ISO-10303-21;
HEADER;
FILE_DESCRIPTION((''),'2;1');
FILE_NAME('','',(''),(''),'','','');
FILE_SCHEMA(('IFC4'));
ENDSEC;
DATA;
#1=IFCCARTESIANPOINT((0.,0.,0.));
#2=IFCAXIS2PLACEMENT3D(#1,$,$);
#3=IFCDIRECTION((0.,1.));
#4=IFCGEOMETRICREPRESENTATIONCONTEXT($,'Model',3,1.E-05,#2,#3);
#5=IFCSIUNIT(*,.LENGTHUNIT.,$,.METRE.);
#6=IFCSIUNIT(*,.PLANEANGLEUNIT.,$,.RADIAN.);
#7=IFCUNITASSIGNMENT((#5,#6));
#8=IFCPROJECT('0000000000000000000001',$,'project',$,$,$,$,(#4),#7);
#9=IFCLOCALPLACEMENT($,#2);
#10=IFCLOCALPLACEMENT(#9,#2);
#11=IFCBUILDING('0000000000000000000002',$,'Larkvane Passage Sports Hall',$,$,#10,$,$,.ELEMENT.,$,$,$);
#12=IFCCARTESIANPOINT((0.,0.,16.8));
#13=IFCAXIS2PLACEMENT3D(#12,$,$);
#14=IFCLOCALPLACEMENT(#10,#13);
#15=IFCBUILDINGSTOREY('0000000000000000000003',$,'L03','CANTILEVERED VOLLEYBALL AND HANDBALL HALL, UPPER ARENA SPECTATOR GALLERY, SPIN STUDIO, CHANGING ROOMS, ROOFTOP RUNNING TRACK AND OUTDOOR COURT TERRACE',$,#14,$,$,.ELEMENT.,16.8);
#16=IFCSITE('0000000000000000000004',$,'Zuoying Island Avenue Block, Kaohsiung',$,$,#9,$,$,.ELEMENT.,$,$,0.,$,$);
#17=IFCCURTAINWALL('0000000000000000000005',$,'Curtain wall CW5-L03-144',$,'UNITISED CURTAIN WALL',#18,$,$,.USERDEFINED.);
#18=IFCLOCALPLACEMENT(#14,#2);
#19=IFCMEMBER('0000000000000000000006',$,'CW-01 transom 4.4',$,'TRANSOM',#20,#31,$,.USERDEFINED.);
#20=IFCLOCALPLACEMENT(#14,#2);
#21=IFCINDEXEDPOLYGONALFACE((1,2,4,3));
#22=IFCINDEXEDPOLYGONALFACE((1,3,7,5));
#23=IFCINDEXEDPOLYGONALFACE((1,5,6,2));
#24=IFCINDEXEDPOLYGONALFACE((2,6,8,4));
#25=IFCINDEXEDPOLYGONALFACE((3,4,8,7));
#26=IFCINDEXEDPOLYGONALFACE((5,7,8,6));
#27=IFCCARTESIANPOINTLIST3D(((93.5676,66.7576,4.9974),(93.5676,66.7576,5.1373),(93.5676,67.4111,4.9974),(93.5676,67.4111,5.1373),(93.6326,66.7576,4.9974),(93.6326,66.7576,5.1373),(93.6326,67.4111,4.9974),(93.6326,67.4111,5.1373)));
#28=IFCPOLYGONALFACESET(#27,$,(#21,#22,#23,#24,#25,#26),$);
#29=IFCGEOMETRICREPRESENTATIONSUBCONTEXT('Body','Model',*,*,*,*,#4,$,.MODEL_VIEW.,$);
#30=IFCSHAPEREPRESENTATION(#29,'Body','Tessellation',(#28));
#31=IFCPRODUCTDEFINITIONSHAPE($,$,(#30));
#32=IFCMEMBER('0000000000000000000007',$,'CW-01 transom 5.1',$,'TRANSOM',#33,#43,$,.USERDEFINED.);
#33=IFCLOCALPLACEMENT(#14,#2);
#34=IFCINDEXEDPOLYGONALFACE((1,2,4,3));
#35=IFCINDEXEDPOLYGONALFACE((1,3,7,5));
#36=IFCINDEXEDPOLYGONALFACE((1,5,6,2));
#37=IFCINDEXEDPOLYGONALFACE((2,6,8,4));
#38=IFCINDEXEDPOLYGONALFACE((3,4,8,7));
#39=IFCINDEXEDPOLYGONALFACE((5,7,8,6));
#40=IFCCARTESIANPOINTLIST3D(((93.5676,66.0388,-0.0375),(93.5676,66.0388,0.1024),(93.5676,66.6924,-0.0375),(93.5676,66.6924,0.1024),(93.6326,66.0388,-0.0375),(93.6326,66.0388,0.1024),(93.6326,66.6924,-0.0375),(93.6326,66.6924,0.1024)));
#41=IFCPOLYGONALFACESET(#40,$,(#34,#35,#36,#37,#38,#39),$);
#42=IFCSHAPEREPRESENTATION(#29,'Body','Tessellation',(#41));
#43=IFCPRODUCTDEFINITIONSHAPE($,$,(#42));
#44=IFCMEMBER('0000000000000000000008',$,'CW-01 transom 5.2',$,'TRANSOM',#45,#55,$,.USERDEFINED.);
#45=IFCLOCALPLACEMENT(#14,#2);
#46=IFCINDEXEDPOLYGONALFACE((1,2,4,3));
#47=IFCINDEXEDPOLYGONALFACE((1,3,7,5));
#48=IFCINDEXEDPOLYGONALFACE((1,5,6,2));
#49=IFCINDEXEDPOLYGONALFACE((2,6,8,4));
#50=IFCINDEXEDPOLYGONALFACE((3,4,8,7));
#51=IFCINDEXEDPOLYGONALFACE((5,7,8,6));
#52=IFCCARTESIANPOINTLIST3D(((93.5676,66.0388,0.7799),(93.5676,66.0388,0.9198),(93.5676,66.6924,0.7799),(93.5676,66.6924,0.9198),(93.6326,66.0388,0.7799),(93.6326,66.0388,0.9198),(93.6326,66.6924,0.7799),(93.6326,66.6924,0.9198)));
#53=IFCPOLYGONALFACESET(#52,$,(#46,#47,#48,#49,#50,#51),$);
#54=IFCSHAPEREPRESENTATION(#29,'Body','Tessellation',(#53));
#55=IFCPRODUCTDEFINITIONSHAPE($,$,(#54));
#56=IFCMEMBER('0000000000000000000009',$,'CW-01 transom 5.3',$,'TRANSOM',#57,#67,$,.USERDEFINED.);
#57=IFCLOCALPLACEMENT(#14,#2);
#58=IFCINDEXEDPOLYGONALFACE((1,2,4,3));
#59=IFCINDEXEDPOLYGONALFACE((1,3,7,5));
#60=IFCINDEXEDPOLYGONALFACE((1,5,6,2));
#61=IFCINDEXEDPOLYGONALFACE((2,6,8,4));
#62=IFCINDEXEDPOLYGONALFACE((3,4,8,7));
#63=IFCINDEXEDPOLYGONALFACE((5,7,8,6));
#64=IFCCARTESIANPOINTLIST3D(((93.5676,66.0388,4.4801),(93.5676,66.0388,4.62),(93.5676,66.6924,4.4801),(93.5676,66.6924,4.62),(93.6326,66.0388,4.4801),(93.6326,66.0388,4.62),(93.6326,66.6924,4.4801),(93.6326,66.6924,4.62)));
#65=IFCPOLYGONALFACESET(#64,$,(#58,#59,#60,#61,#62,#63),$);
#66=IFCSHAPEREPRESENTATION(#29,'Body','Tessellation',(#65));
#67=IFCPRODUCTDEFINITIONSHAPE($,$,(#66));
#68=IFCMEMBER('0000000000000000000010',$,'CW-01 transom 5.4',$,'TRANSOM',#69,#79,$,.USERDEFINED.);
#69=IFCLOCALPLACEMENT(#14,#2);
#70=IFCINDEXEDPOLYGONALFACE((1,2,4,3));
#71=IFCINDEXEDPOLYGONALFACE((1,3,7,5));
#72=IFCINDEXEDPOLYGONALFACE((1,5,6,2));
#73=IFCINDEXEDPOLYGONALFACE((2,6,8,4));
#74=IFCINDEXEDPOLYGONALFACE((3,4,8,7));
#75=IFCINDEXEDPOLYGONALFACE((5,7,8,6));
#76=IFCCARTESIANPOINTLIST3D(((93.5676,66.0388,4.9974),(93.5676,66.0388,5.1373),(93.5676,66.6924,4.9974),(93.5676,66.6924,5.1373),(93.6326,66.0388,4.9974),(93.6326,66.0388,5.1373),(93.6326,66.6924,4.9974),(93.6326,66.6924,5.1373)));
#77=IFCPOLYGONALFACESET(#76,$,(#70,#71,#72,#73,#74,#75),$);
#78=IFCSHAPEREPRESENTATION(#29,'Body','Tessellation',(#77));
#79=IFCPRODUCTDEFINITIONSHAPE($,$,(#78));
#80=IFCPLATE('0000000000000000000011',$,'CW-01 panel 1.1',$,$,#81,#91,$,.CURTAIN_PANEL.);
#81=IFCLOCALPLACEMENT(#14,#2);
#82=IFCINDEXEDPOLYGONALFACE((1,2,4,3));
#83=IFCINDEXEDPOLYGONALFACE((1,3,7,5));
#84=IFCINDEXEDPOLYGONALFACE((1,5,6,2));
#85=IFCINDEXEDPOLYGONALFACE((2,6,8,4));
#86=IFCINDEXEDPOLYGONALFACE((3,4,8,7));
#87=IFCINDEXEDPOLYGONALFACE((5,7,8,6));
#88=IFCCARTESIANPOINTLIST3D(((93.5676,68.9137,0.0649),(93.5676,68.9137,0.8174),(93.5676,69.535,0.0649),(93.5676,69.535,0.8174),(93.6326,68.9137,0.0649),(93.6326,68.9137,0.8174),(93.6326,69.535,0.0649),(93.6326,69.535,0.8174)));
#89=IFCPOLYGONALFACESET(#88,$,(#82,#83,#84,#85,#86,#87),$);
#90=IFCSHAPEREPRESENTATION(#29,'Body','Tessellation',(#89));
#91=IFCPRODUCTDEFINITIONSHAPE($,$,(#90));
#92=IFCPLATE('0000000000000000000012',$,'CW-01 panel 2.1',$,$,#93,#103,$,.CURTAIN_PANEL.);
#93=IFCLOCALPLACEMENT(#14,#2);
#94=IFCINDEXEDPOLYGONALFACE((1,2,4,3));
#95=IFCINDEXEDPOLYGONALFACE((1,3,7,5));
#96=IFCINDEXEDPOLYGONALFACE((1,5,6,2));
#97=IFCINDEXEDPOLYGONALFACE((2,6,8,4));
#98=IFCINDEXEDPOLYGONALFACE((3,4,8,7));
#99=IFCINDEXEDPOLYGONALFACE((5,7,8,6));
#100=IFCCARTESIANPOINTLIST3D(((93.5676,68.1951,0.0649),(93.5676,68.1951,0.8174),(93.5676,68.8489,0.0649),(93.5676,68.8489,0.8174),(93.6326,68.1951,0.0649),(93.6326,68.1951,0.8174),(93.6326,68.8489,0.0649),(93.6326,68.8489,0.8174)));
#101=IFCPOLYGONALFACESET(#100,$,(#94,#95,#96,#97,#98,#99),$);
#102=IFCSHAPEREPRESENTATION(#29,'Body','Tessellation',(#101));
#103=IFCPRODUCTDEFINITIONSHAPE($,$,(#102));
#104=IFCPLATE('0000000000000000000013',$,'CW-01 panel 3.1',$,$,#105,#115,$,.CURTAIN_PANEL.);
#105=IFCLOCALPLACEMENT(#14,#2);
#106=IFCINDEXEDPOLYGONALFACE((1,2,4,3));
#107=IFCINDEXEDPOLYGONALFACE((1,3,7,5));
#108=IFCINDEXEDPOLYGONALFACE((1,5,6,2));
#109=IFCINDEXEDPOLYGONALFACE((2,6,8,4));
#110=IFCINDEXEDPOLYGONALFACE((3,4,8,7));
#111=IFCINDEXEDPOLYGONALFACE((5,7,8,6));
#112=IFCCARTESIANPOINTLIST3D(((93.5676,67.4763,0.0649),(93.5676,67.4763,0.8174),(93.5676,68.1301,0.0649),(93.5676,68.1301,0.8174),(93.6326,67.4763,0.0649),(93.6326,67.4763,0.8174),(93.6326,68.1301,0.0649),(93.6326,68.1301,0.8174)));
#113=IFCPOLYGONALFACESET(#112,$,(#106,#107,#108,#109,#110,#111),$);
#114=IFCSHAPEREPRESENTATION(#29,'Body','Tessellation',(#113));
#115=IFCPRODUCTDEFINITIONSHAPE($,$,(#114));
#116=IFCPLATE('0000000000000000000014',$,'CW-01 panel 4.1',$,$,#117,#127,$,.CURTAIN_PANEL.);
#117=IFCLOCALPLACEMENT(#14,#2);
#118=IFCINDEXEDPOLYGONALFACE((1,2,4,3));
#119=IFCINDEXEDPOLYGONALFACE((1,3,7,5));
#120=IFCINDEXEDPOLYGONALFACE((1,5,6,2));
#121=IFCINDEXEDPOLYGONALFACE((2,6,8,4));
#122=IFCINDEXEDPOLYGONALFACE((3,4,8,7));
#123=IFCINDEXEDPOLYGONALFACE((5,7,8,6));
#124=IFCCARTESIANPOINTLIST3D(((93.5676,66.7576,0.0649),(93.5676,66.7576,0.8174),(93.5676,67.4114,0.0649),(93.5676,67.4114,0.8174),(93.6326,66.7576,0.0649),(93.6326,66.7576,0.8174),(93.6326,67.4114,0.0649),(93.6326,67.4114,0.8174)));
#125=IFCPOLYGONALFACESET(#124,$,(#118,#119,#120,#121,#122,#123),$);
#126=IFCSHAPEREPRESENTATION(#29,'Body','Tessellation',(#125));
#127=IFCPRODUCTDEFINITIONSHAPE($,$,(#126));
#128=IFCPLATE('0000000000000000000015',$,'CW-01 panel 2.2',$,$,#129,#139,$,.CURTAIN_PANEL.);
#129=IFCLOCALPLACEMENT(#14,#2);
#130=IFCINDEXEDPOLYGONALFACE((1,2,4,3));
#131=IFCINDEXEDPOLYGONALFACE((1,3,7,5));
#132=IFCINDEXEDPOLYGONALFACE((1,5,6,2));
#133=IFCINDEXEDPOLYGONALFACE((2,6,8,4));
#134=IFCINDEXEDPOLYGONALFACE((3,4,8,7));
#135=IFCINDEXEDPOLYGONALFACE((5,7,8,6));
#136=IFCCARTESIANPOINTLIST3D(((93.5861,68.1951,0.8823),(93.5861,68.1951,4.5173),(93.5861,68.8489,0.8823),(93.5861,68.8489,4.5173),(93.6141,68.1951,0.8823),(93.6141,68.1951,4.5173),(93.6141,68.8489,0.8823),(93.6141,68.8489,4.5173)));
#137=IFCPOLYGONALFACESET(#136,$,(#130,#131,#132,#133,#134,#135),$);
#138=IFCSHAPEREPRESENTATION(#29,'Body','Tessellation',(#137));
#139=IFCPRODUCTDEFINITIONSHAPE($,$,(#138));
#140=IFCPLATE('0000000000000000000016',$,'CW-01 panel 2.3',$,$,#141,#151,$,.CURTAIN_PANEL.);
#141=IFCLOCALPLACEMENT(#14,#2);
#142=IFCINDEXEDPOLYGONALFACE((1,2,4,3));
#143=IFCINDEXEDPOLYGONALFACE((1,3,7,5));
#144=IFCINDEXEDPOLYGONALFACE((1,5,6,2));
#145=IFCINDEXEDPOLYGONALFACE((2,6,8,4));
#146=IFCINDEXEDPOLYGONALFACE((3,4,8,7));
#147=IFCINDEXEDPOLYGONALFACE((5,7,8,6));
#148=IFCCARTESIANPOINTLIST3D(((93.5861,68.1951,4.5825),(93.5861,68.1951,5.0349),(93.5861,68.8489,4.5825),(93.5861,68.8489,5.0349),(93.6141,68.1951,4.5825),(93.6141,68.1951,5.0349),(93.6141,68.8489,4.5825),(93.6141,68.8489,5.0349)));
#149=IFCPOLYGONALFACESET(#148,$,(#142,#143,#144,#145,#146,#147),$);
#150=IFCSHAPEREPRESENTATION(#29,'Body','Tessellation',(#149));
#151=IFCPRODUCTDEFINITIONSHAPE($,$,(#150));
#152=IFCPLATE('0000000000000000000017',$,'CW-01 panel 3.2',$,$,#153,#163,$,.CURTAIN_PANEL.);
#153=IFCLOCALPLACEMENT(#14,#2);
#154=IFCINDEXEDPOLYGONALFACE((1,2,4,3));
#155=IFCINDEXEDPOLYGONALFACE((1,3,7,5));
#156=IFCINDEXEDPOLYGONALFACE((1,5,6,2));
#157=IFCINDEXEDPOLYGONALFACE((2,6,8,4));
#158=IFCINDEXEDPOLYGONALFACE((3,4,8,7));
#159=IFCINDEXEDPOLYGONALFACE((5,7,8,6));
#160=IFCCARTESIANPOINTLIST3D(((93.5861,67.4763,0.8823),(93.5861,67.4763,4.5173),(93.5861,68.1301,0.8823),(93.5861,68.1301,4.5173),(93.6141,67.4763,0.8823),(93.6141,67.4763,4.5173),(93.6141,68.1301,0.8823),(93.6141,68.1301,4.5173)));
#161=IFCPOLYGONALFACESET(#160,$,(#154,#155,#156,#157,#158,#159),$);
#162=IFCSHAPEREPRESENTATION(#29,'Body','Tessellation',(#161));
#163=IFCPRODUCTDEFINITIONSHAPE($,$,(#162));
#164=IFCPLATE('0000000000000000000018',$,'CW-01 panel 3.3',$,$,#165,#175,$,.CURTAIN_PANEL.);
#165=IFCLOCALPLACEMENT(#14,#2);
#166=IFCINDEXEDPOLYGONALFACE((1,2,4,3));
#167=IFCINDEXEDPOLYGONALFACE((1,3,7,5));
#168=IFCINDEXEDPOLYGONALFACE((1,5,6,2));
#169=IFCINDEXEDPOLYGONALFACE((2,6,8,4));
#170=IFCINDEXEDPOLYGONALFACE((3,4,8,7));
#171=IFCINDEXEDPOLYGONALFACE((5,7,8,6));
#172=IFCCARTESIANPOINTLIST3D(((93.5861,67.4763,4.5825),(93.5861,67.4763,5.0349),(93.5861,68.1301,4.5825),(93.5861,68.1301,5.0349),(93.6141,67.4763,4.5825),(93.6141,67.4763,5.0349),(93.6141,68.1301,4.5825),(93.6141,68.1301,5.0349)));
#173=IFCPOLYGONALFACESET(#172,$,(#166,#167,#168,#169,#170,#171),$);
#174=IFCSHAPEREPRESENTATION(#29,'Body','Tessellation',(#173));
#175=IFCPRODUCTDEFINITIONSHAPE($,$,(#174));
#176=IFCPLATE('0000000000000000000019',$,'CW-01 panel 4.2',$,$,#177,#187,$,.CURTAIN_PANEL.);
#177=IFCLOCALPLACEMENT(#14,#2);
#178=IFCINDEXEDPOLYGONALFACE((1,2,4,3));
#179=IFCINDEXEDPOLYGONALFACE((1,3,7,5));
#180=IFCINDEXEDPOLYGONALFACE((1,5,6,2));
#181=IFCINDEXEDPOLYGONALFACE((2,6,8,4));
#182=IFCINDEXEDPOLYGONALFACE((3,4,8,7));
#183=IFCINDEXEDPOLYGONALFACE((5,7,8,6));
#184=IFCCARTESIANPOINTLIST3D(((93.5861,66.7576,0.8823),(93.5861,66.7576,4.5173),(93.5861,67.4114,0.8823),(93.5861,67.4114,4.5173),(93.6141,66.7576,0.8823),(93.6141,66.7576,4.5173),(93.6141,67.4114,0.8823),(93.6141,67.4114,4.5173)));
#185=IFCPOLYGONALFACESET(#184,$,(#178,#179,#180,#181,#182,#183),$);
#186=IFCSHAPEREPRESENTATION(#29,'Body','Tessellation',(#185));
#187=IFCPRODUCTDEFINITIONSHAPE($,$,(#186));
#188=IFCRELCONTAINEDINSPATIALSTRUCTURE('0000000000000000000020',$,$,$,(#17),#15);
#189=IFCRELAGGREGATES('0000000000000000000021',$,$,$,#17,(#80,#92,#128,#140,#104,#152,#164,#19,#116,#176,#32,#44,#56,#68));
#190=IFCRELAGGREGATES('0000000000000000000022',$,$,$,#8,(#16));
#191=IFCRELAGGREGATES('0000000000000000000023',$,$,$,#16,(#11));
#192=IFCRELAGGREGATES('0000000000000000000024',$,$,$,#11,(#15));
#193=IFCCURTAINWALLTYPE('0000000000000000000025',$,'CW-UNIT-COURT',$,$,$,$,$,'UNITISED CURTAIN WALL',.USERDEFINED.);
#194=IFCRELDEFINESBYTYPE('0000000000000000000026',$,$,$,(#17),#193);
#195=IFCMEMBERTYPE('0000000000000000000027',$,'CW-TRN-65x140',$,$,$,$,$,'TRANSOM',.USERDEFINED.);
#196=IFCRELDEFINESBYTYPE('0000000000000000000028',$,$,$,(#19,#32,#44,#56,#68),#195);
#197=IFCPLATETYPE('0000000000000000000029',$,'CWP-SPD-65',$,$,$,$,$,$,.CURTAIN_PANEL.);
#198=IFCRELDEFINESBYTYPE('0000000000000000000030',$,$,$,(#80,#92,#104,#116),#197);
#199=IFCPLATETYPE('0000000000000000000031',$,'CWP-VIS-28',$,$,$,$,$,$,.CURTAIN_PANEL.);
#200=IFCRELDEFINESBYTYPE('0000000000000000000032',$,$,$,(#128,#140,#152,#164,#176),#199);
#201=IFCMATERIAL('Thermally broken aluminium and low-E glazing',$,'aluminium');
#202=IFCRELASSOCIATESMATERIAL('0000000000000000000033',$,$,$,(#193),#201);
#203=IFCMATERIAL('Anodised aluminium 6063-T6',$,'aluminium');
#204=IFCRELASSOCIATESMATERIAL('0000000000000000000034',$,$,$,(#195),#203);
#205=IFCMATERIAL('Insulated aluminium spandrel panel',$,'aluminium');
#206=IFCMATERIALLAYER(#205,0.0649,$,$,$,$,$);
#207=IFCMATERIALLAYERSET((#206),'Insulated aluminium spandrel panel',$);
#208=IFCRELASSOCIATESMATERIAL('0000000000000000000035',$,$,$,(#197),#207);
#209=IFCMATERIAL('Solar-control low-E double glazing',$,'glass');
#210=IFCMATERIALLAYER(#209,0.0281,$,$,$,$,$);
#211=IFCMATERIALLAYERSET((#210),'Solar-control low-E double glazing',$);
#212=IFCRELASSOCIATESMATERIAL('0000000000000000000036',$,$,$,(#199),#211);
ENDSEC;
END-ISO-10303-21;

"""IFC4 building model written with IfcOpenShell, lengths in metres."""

from ifc_helpers import new_model, si_unit, direction, frame, origin, origin_2d, place, context, subcontext, project, spatial, rectangle, extrude, material, layer, layer_set, material_profile, profile_set, type_object, element, aggregate, save


model = new_model("IFC4")

# Units and contexts
model_context = context("Model", 3, precision=1e-05, world=origin(), true_north=direction((0.0, 1.0)))
body_context = subcontext(model_context, "Body", "Model", "MODEL_VIEW")
ifc_project = project(units=[si_unit("LENGTHUNIT", "METRE"), si_unit("PLANEANGLEUNIT", "RADIAN")], contexts=[model_context])

# Site, building, storey
site_placement = place(None, origin())
site = spatial("IfcSite", under=ifc_project, at=site_placement, Name="Zuoying Island Avenue Block, Kaohsiung", CompositionType="ELEMENT", RefElevation=0.0)
building_placement = place(site_placement, origin())
building = spatial("IfcBuilding", under=site, at=building_placement, Name="Larkvane Passage Sports Hall", CompositionType="ELEMENT")
storey_placement = place(building_placement, frame((0.0, 0.0, 16.8)))
storey = spatial("IfcBuildingStorey", under=building, at=storey_placement, Name="L03", Description="CANTILEVERED VOLLEYBALL AND HANDBALL HALL, UPPER ARENA SPECTATOR GALLERY, SPIN STUDIO, CHANGING ROOMS, ROOFTOP RUNNING TRACK AND OUTDOOR COURT TERRACE", CompositionType="ELEMENT", Elevation=16.8)

# Curtain wall, members, plates
ifc_material_1 = material(Name="Thermally broken aluminium and low-E glazing", Category="aluminium")
curtain_wall_type = type_object("IfcCurtainWallType", Name="CW-UNIT-COURT", ElementType="UNITISED CURTAIN WALL", PredefinedType="USERDEFINED", material=ifc_material_1)
curtain_wall_placement = place(storey_placement, origin())
curtain_wall = element("IfcCurtainWall", 1, at=curtain_wall_placement, inside=storey, type_object=curtain_wall_type, Name="Curtain wall CW5-L03-144", ObjectType="UNITISED CURTAIN WALL", PredefinedType="USERDEFINED")
ifc_material_2 = material(Name="Anodised aluminium 6063-T6", Category="aluminium")
ifc_material_profile_1 = material_profile(ifc_material_2, rectangle(XDim=0.0649, YDim=0.1399, at=origin_2d()), Name="ALU-TRN-65x140")
ifc_profile_set_1 = profile_set([ifc_material_profile_1], Name="Anodised aluminium 6063-T6")
member_type_1 = type_object("IfcMemberType", Name="CW-TRN-65x140", ElementType="TRANSOM", PredefinedType="USERDEFINED", material=ifc_profile_set_1)
member_1_placement = place(storey_placement, frame((93.6001, 67.4111, 5.0674), z_axis=(0.0, -1.0, 0.0), x_axis=(1.0, 0.0, 0.0)))
member_1 = element("IfcMember", 2, at=member_1_placement, type_object=member_type_1, Name="CW-01 transom 4.4", ObjectType="TRANSOM", PredefinedType="USERDEFINED", context=body_context, shape_type="SweptSolid", body=[
    extrude(rectangle(XDim=0.0649, YDim=0.1399, at=origin_2d()), origin(), (0.0, 0.0, 1.0), 0.6536),
])
member_2_placement = place(storey_placement, frame((93.6001, 66.6924, 0.0325), z_axis=(0.0, -1.0, 0.0), x_axis=(1.0, 0.0, 0.0)))
member_2 = element("IfcMember", 3, at=member_2_placement, type_object=member_type_1, Name="CW-01 transom 5.1", ObjectType="TRANSOM", PredefinedType="USERDEFINED", context=body_context, shape_type="SweptSolid", body=[
    extrude(rectangle(XDim=0.0649, YDim=0.1399, at=origin_2d()), origin(), (0.0, 0.0, 1.0), 0.6536),
])
member_3_placement = place(storey_placement, frame((93.6001, 66.6924, 0.8499), z_axis=(0.0, -1.0, 0.0), x_axis=(1.0, 0.0, 0.0)))
member_3 = element("IfcMember", 4, at=member_3_placement, type_object=member_type_1, Name="CW-01 transom 5.2", ObjectType="TRANSOM", PredefinedType="USERDEFINED", context=body_context, shape_type="SweptSolid", body=[
    extrude(rectangle(XDim=0.0649, YDim=0.1399, at=origin_2d()), origin(), (0.0, 0.0, 1.0), 0.6536),
])
member_4_placement = place(storey_placement, frame((93.6001, 66.6924, 4.55), z_axis=(0.0, -1.0, 0.0), x_axis=(1.0, 0.0, 0.0)))
member_4 = element("IfcMember", 5, at=member_4_placement, type_object=member_type_1, Name="CW-01 transom 5.3", ObjectType="TRANSOM", PredefinedType="USERDEFINED", context=body_context, shape_type="SweptSolid", body=[
    extrude(rectangle(XDim=0.0649, YDim=0.1399, at=origin_2d()), origin(), (0.0, 0.0, 1.0), 0.6536),
])
member_5_placement = place(storey_placement, frame((93.6001, 66.6924, 5.0674), z_axis=(0.0, -1.0, 0.0), x_axis=(1.0, 0.0, 0.0)))
member_5 = element("IfcMember", 6, at=member_5_placement, type_object=member_type_1, Name="CW-01 transom 5.4", ObjectType="TRANSOM", PredefinedType="USERDEFINED", context=body_context, shape_type="SweptSolid", body=[
    extrude(rectangle(XDim=0.0649, YDim=0.1399, at=origin_2d()), origin(), (0.0, 0.0, 1.0), 0.6536),
])
ifc_material_3 = material(Name="Insulated aluminium spandrel panel", Category="aluminium")
ifc_layer_1 = layer(ifc_material_3, 0.0649)
ifc_layer_set_1 = layer_set([ifc_layer_1], Name="Insulated aluminium spandrel panel")
plate_type_1 = type_object("IfcPlateType", Name="CWP-SPD-65", PredefinedType="CURTAIN_PANEL", material=ifc_layer_set_1)
plate_1_placement = place(storey_placement, frame((93.6001, 69.2244, 0.0649), z_axis=(0.0, 0.0, 1.0), x_axis=(0.0, -1.0, 0.0)))
plate_1 = element("IfcPlate", 7, at=plate_1_placement, type_object=plate_type_1, Name="CW-01 panel 1.1", PredefinedType="CURTAIN_PANEL", context=body_context, shape_type="SweptSolid", body=[
    extrude(rectangle(XDim=0.6213, YDim=0.0649, at=origin_2d()), origin(), (0.0, 0.0, 1.0), 0.7524),
])
plate_2_placement = place(storey_placement, frame((93.6001, 68.522, 0.0649), z_axis=(0.0, 0.0, 1.0), x_axis=(0.0, -1.0, 0.0)))
plate_2 = element("IfcPlate", 8, at=plate_2_placement, type_object=plate_type_1, Name="CW-01 panel 2.1", PredefinedType="CURTAIN_PANEL", context=body_context, shape_type="SweptSolid", body=[
    extrude(rectangle(XDim=0.6538, YDim=0.0649, at=origin_2d()), origin(), (0.0, 0.0, 1.0), 0.7524),
])
plate_3_placement = place(storey_placement, frame((93.6001, 67.8032, 0.0649), z_axis=(0.0, 0.0, 1.0), x_axis=(0.0, -1.0, 0.0)))
plate_3 = element("IfcPlate", 9, at=plate_3_placement, type_object=plate_type_1, Name="CW-01 panel 3.1", PredefinedType="CURTAIN_PANEL", context=body_context, shape_type="SweptSolid", body=[
    extrude(rectangle(XDim=0.6538, YDim=0.0649, at=origin_2d()), origin(), (0.0, 0.0, 1.0), 0.7524),
])
plate_4_placement = place(storey_placement, frame((93.6001, 67.0845, 0.0649), z_axis=(0.0, 0.0, 1.0), x_axis=(0.0, -1.0, 0.0)))
plate_4 = element("IfcPlate", 10, at=plate_4_placement, type_object=plate_type_1, Name="CW-01 panel 4.1", PredefinedType="CURTAIN_PANEL", context=body_context, shape_type="SweptSolid", body=[
    extrude(rectangle(XDim=0.6538, YDim=0.0649, at=origin_2d()), origin(), (0.0, 0.0, 1.0), 0.7524),
])
ifc_material_4 = material(Name="Solar-control low-E double glazing", Category="glass")
ifc_layer_2 = layer(ifc_material_4, 0.0281)
ifc_layer_set_2 = layer_set([ifc_layer_2], Name="Solar-control low-E double glazing")
plate_type_2 = type_object("IfcPlateType", Name="CWP-VIS-28", PredefinedType="CURTAIN_PANEL", material=ifc_layer_set_2)
plate_5_placement = place(storey_placement, frame((93.6001, 68.522, 0.8823), z_axis=(0.0, 0.0, 1.0), x_axis=(0.0, -1.0, 0.0)))
plate_5 = element("IfcPlate", 11, at=plate_5_placement, type_object=plate_type_2, Name="CW-01 panel 2.2", PredefinedType="CURTAIN_PANEL", context=body_context, shape_type="SweptSolid", body=[
    extrude(rectangle(XDim=0.6538, YDim=0.0281, at=origin_2d()), origin(), (0.0, 0.0, 1.0), 3.635),
])
plate_6_placement = place(storey_placement, frame((93.6001, 68.522, 4.5825), z_axis=(0.0, 0.0, 1.0), x_axis=(0.0, -1.0, 0.0)))
plate_6 = element("IfcPlate", 12, at=plate_6_placement, type_object=plate_type_2, Name="CW-01 panel 2.3", PredefinedType="CURTAIN_PANEL", context=body_context, shape_type="SweptSolid", body=[
    extrude(rectangle(XDim=0.6538, YDim=0.0281, at=origin_2d()), origin(), (0.0, 0.0, 1.0), 0.4524),
])
plate_7_placement = place(storey_placement, frame((93.6001, 67.8032, 0.8823), z_axis=(0.0, 0.0, 1.0), x_axis=(0.0, -1.0, 0.0)))
plate_7 = element("IfcPlate", 13, at=plate_7_placement, type_object=plate_type_2, Name="CW-01 panel 3.2", PredefinedType="CURTAIN_PANEL", context=body_context, shape_type="SweptSolid", body=[
    extrude(rectangle(XDim=0.6538, YDim=0.0281, at=origin_2d()), origin(), (0.0, 0.0, 1.0), 3.635),
])
plate_8_placement = place(storey_placement, frame((93.6001, 67.8032, 4.5825), z_axis=(0.0, 0.0, 1.0), x_axis=(0.0, -1.0, 0.0)))
plate_8 = element("IfcPlate", 14, at=plate_8_placement, type_object=plate_type_2, Name="CW-01 panel 3.3", PredefinedType="CURTAIN_PANEL", context=body_context, shape_type="SweptSolid", body=[
    extrude(rectangle(XDim=0.6538, YDim=0.0281, at=origin_2d()), origin(), (0.0, 0.0, 1.0), 0.4524),
])
plate_9_placement = place(storey_placement, frame((93.6001, 67.0845, 0.8823), z_axis=(0.0, 0.0, 1.0), x_axis=(0.0, -1.0, 0.0)))
plate_9 = element("IfcPlate", 15, at=plate_9_placement, type_object=plate_type_2, Name="CW-01 panel 4.2", PredefinedType="CURTAIN_PANEL", context=body_context, shape_type="SweptSolid", body=[
    extrude(rectangle(XDim=0.6538, YDim=0.0281, at=origin_2d()), origin(), (0.0, 0.0, 1.0), 3.635),
])
aggregate(curtain_wall, [plate_1, plate_2, plate_5, plate_6, plate_3, plate_7, plate_8, member_1, plate_4, plate_9, member_2, member_3, member_4, member_5])

save(model, "model.ifc")
